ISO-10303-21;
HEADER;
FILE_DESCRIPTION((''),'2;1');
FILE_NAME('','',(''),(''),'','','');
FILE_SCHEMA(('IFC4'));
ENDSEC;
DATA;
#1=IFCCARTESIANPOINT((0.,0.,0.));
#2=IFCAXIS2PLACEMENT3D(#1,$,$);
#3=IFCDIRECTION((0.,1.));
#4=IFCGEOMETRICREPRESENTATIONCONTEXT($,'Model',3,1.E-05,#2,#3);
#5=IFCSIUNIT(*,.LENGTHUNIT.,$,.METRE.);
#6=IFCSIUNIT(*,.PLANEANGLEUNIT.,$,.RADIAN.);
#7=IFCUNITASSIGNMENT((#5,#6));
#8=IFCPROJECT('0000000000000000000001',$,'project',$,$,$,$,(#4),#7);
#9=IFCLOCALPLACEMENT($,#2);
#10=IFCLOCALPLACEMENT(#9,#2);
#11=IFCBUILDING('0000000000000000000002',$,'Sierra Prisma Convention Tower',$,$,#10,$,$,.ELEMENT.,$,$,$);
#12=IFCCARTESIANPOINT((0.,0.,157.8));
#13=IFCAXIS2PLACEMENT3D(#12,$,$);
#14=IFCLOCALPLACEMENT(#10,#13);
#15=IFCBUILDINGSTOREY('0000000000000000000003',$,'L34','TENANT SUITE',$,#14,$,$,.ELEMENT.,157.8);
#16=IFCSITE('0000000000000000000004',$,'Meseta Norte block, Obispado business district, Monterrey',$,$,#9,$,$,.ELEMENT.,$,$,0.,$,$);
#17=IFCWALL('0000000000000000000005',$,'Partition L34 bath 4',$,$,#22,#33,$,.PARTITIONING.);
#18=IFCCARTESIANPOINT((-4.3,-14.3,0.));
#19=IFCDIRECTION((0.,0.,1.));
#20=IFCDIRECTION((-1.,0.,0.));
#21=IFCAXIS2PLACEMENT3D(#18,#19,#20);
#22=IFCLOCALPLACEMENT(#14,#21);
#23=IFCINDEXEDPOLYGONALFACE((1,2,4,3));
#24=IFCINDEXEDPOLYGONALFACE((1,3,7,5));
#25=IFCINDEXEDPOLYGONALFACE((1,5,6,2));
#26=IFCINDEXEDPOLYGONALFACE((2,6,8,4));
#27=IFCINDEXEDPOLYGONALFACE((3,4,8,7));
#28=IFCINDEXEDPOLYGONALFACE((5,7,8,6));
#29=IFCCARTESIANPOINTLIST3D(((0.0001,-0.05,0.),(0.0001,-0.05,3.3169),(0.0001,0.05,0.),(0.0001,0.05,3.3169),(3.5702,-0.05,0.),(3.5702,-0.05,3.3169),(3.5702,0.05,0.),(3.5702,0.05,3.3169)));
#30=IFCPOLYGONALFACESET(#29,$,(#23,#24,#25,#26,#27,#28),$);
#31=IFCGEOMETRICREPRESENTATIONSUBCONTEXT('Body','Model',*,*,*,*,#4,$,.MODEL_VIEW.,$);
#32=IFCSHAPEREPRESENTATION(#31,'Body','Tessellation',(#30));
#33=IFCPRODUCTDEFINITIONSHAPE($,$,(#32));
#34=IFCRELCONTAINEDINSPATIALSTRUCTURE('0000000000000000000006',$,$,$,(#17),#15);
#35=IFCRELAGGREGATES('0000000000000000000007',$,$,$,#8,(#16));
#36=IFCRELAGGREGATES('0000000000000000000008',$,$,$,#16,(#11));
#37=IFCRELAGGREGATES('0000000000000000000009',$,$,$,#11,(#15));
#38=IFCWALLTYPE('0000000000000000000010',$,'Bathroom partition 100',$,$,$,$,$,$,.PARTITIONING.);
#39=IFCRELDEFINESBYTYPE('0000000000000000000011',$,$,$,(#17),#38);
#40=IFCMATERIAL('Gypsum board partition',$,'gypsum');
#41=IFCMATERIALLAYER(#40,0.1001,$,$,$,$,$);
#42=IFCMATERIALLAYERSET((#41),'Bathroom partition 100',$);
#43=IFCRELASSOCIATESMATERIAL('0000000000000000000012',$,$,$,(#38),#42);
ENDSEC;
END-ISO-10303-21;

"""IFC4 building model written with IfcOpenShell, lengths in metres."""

from ifc_helpers import new_model, si_unit, direction, frame, frame_2d, origin, place, context, subcontext, project, spatial, rectangle, extrude, material, layer, layer_set, type_object, element, save


model = new_model("IFC4")

# Units and contexts
model_context = context("Model", 3, precision=1e-05, world=origin(), true_north=direction((0.0, 1.0)))
body_context = subcontext(model_context, "Body", "Model", "MODEL_VIEW")
ifc_project = project(units=[si_unit("LENGTHUNIT", "METRE"), si_unit("PLANEANGLEUNIT", "RADIAN")], contexts=[model_context])

# Site, building, storey
site_placement = place(None, origin())
site = spatial("IfcSite", under=ifc_project, at=site_placement, Name="Meseta Norte block, Obispado business district, Monterrey", CompositionType="ELEMENT", RefElevation=0.0)
building_placement = place(site_placement, origin())
building = spatial("IfcBuilding", under=site, at=building_placement, Name="Sierra Prisma Convention Tower", CompositionType="ELEMENT")
storey_placement = place(building_placement, frame((0.0, 0.0, 157.8)))
storey = spatial("IfcBuildingStorey", under=building, at=storey_placement, Name="L34", Description="TENANT SUITE", CompositionType="ELEMENT", Elevation=157.8)

# Wall
ifc_material_1 = material(Name="Gypsum board partition", Category="gypsum")
ifc_layer_1 = layer(ifc_material_1, 0.1001)
ifc_layer_set_1 = layer_set([ifc_layer_1], Name="Bathroom partition 100")
wall_type_1 = type_object("IfcWallType", Name="Bathroom partition 100", PredefinedType="PARTITIONING", material=ifc_layer_set_1)
wall_1_placement = place(storey_placement, frame((-4.3, -14.3, 0.0), z_axis=(0.0, 0.0, 1.0), x_axis=(-1.0, 0.0, 0.0)))
element("IfcWall", 1, at=wall_1_placement, inside=storey, type_object=wall_type_1, Name="Partition L34 bath 4", PredefinedType="PARTITIONING", context=body_context, shape_type="SweptSolid", body=[
    extrude(rectangle(XDim=3.5701, YDim=0.1001, at=frame_2d((1.7852, 0.0))), origin(), (0.0, 0.0, 1.0), 3.3169),
])

save(model, "model.ifc")
